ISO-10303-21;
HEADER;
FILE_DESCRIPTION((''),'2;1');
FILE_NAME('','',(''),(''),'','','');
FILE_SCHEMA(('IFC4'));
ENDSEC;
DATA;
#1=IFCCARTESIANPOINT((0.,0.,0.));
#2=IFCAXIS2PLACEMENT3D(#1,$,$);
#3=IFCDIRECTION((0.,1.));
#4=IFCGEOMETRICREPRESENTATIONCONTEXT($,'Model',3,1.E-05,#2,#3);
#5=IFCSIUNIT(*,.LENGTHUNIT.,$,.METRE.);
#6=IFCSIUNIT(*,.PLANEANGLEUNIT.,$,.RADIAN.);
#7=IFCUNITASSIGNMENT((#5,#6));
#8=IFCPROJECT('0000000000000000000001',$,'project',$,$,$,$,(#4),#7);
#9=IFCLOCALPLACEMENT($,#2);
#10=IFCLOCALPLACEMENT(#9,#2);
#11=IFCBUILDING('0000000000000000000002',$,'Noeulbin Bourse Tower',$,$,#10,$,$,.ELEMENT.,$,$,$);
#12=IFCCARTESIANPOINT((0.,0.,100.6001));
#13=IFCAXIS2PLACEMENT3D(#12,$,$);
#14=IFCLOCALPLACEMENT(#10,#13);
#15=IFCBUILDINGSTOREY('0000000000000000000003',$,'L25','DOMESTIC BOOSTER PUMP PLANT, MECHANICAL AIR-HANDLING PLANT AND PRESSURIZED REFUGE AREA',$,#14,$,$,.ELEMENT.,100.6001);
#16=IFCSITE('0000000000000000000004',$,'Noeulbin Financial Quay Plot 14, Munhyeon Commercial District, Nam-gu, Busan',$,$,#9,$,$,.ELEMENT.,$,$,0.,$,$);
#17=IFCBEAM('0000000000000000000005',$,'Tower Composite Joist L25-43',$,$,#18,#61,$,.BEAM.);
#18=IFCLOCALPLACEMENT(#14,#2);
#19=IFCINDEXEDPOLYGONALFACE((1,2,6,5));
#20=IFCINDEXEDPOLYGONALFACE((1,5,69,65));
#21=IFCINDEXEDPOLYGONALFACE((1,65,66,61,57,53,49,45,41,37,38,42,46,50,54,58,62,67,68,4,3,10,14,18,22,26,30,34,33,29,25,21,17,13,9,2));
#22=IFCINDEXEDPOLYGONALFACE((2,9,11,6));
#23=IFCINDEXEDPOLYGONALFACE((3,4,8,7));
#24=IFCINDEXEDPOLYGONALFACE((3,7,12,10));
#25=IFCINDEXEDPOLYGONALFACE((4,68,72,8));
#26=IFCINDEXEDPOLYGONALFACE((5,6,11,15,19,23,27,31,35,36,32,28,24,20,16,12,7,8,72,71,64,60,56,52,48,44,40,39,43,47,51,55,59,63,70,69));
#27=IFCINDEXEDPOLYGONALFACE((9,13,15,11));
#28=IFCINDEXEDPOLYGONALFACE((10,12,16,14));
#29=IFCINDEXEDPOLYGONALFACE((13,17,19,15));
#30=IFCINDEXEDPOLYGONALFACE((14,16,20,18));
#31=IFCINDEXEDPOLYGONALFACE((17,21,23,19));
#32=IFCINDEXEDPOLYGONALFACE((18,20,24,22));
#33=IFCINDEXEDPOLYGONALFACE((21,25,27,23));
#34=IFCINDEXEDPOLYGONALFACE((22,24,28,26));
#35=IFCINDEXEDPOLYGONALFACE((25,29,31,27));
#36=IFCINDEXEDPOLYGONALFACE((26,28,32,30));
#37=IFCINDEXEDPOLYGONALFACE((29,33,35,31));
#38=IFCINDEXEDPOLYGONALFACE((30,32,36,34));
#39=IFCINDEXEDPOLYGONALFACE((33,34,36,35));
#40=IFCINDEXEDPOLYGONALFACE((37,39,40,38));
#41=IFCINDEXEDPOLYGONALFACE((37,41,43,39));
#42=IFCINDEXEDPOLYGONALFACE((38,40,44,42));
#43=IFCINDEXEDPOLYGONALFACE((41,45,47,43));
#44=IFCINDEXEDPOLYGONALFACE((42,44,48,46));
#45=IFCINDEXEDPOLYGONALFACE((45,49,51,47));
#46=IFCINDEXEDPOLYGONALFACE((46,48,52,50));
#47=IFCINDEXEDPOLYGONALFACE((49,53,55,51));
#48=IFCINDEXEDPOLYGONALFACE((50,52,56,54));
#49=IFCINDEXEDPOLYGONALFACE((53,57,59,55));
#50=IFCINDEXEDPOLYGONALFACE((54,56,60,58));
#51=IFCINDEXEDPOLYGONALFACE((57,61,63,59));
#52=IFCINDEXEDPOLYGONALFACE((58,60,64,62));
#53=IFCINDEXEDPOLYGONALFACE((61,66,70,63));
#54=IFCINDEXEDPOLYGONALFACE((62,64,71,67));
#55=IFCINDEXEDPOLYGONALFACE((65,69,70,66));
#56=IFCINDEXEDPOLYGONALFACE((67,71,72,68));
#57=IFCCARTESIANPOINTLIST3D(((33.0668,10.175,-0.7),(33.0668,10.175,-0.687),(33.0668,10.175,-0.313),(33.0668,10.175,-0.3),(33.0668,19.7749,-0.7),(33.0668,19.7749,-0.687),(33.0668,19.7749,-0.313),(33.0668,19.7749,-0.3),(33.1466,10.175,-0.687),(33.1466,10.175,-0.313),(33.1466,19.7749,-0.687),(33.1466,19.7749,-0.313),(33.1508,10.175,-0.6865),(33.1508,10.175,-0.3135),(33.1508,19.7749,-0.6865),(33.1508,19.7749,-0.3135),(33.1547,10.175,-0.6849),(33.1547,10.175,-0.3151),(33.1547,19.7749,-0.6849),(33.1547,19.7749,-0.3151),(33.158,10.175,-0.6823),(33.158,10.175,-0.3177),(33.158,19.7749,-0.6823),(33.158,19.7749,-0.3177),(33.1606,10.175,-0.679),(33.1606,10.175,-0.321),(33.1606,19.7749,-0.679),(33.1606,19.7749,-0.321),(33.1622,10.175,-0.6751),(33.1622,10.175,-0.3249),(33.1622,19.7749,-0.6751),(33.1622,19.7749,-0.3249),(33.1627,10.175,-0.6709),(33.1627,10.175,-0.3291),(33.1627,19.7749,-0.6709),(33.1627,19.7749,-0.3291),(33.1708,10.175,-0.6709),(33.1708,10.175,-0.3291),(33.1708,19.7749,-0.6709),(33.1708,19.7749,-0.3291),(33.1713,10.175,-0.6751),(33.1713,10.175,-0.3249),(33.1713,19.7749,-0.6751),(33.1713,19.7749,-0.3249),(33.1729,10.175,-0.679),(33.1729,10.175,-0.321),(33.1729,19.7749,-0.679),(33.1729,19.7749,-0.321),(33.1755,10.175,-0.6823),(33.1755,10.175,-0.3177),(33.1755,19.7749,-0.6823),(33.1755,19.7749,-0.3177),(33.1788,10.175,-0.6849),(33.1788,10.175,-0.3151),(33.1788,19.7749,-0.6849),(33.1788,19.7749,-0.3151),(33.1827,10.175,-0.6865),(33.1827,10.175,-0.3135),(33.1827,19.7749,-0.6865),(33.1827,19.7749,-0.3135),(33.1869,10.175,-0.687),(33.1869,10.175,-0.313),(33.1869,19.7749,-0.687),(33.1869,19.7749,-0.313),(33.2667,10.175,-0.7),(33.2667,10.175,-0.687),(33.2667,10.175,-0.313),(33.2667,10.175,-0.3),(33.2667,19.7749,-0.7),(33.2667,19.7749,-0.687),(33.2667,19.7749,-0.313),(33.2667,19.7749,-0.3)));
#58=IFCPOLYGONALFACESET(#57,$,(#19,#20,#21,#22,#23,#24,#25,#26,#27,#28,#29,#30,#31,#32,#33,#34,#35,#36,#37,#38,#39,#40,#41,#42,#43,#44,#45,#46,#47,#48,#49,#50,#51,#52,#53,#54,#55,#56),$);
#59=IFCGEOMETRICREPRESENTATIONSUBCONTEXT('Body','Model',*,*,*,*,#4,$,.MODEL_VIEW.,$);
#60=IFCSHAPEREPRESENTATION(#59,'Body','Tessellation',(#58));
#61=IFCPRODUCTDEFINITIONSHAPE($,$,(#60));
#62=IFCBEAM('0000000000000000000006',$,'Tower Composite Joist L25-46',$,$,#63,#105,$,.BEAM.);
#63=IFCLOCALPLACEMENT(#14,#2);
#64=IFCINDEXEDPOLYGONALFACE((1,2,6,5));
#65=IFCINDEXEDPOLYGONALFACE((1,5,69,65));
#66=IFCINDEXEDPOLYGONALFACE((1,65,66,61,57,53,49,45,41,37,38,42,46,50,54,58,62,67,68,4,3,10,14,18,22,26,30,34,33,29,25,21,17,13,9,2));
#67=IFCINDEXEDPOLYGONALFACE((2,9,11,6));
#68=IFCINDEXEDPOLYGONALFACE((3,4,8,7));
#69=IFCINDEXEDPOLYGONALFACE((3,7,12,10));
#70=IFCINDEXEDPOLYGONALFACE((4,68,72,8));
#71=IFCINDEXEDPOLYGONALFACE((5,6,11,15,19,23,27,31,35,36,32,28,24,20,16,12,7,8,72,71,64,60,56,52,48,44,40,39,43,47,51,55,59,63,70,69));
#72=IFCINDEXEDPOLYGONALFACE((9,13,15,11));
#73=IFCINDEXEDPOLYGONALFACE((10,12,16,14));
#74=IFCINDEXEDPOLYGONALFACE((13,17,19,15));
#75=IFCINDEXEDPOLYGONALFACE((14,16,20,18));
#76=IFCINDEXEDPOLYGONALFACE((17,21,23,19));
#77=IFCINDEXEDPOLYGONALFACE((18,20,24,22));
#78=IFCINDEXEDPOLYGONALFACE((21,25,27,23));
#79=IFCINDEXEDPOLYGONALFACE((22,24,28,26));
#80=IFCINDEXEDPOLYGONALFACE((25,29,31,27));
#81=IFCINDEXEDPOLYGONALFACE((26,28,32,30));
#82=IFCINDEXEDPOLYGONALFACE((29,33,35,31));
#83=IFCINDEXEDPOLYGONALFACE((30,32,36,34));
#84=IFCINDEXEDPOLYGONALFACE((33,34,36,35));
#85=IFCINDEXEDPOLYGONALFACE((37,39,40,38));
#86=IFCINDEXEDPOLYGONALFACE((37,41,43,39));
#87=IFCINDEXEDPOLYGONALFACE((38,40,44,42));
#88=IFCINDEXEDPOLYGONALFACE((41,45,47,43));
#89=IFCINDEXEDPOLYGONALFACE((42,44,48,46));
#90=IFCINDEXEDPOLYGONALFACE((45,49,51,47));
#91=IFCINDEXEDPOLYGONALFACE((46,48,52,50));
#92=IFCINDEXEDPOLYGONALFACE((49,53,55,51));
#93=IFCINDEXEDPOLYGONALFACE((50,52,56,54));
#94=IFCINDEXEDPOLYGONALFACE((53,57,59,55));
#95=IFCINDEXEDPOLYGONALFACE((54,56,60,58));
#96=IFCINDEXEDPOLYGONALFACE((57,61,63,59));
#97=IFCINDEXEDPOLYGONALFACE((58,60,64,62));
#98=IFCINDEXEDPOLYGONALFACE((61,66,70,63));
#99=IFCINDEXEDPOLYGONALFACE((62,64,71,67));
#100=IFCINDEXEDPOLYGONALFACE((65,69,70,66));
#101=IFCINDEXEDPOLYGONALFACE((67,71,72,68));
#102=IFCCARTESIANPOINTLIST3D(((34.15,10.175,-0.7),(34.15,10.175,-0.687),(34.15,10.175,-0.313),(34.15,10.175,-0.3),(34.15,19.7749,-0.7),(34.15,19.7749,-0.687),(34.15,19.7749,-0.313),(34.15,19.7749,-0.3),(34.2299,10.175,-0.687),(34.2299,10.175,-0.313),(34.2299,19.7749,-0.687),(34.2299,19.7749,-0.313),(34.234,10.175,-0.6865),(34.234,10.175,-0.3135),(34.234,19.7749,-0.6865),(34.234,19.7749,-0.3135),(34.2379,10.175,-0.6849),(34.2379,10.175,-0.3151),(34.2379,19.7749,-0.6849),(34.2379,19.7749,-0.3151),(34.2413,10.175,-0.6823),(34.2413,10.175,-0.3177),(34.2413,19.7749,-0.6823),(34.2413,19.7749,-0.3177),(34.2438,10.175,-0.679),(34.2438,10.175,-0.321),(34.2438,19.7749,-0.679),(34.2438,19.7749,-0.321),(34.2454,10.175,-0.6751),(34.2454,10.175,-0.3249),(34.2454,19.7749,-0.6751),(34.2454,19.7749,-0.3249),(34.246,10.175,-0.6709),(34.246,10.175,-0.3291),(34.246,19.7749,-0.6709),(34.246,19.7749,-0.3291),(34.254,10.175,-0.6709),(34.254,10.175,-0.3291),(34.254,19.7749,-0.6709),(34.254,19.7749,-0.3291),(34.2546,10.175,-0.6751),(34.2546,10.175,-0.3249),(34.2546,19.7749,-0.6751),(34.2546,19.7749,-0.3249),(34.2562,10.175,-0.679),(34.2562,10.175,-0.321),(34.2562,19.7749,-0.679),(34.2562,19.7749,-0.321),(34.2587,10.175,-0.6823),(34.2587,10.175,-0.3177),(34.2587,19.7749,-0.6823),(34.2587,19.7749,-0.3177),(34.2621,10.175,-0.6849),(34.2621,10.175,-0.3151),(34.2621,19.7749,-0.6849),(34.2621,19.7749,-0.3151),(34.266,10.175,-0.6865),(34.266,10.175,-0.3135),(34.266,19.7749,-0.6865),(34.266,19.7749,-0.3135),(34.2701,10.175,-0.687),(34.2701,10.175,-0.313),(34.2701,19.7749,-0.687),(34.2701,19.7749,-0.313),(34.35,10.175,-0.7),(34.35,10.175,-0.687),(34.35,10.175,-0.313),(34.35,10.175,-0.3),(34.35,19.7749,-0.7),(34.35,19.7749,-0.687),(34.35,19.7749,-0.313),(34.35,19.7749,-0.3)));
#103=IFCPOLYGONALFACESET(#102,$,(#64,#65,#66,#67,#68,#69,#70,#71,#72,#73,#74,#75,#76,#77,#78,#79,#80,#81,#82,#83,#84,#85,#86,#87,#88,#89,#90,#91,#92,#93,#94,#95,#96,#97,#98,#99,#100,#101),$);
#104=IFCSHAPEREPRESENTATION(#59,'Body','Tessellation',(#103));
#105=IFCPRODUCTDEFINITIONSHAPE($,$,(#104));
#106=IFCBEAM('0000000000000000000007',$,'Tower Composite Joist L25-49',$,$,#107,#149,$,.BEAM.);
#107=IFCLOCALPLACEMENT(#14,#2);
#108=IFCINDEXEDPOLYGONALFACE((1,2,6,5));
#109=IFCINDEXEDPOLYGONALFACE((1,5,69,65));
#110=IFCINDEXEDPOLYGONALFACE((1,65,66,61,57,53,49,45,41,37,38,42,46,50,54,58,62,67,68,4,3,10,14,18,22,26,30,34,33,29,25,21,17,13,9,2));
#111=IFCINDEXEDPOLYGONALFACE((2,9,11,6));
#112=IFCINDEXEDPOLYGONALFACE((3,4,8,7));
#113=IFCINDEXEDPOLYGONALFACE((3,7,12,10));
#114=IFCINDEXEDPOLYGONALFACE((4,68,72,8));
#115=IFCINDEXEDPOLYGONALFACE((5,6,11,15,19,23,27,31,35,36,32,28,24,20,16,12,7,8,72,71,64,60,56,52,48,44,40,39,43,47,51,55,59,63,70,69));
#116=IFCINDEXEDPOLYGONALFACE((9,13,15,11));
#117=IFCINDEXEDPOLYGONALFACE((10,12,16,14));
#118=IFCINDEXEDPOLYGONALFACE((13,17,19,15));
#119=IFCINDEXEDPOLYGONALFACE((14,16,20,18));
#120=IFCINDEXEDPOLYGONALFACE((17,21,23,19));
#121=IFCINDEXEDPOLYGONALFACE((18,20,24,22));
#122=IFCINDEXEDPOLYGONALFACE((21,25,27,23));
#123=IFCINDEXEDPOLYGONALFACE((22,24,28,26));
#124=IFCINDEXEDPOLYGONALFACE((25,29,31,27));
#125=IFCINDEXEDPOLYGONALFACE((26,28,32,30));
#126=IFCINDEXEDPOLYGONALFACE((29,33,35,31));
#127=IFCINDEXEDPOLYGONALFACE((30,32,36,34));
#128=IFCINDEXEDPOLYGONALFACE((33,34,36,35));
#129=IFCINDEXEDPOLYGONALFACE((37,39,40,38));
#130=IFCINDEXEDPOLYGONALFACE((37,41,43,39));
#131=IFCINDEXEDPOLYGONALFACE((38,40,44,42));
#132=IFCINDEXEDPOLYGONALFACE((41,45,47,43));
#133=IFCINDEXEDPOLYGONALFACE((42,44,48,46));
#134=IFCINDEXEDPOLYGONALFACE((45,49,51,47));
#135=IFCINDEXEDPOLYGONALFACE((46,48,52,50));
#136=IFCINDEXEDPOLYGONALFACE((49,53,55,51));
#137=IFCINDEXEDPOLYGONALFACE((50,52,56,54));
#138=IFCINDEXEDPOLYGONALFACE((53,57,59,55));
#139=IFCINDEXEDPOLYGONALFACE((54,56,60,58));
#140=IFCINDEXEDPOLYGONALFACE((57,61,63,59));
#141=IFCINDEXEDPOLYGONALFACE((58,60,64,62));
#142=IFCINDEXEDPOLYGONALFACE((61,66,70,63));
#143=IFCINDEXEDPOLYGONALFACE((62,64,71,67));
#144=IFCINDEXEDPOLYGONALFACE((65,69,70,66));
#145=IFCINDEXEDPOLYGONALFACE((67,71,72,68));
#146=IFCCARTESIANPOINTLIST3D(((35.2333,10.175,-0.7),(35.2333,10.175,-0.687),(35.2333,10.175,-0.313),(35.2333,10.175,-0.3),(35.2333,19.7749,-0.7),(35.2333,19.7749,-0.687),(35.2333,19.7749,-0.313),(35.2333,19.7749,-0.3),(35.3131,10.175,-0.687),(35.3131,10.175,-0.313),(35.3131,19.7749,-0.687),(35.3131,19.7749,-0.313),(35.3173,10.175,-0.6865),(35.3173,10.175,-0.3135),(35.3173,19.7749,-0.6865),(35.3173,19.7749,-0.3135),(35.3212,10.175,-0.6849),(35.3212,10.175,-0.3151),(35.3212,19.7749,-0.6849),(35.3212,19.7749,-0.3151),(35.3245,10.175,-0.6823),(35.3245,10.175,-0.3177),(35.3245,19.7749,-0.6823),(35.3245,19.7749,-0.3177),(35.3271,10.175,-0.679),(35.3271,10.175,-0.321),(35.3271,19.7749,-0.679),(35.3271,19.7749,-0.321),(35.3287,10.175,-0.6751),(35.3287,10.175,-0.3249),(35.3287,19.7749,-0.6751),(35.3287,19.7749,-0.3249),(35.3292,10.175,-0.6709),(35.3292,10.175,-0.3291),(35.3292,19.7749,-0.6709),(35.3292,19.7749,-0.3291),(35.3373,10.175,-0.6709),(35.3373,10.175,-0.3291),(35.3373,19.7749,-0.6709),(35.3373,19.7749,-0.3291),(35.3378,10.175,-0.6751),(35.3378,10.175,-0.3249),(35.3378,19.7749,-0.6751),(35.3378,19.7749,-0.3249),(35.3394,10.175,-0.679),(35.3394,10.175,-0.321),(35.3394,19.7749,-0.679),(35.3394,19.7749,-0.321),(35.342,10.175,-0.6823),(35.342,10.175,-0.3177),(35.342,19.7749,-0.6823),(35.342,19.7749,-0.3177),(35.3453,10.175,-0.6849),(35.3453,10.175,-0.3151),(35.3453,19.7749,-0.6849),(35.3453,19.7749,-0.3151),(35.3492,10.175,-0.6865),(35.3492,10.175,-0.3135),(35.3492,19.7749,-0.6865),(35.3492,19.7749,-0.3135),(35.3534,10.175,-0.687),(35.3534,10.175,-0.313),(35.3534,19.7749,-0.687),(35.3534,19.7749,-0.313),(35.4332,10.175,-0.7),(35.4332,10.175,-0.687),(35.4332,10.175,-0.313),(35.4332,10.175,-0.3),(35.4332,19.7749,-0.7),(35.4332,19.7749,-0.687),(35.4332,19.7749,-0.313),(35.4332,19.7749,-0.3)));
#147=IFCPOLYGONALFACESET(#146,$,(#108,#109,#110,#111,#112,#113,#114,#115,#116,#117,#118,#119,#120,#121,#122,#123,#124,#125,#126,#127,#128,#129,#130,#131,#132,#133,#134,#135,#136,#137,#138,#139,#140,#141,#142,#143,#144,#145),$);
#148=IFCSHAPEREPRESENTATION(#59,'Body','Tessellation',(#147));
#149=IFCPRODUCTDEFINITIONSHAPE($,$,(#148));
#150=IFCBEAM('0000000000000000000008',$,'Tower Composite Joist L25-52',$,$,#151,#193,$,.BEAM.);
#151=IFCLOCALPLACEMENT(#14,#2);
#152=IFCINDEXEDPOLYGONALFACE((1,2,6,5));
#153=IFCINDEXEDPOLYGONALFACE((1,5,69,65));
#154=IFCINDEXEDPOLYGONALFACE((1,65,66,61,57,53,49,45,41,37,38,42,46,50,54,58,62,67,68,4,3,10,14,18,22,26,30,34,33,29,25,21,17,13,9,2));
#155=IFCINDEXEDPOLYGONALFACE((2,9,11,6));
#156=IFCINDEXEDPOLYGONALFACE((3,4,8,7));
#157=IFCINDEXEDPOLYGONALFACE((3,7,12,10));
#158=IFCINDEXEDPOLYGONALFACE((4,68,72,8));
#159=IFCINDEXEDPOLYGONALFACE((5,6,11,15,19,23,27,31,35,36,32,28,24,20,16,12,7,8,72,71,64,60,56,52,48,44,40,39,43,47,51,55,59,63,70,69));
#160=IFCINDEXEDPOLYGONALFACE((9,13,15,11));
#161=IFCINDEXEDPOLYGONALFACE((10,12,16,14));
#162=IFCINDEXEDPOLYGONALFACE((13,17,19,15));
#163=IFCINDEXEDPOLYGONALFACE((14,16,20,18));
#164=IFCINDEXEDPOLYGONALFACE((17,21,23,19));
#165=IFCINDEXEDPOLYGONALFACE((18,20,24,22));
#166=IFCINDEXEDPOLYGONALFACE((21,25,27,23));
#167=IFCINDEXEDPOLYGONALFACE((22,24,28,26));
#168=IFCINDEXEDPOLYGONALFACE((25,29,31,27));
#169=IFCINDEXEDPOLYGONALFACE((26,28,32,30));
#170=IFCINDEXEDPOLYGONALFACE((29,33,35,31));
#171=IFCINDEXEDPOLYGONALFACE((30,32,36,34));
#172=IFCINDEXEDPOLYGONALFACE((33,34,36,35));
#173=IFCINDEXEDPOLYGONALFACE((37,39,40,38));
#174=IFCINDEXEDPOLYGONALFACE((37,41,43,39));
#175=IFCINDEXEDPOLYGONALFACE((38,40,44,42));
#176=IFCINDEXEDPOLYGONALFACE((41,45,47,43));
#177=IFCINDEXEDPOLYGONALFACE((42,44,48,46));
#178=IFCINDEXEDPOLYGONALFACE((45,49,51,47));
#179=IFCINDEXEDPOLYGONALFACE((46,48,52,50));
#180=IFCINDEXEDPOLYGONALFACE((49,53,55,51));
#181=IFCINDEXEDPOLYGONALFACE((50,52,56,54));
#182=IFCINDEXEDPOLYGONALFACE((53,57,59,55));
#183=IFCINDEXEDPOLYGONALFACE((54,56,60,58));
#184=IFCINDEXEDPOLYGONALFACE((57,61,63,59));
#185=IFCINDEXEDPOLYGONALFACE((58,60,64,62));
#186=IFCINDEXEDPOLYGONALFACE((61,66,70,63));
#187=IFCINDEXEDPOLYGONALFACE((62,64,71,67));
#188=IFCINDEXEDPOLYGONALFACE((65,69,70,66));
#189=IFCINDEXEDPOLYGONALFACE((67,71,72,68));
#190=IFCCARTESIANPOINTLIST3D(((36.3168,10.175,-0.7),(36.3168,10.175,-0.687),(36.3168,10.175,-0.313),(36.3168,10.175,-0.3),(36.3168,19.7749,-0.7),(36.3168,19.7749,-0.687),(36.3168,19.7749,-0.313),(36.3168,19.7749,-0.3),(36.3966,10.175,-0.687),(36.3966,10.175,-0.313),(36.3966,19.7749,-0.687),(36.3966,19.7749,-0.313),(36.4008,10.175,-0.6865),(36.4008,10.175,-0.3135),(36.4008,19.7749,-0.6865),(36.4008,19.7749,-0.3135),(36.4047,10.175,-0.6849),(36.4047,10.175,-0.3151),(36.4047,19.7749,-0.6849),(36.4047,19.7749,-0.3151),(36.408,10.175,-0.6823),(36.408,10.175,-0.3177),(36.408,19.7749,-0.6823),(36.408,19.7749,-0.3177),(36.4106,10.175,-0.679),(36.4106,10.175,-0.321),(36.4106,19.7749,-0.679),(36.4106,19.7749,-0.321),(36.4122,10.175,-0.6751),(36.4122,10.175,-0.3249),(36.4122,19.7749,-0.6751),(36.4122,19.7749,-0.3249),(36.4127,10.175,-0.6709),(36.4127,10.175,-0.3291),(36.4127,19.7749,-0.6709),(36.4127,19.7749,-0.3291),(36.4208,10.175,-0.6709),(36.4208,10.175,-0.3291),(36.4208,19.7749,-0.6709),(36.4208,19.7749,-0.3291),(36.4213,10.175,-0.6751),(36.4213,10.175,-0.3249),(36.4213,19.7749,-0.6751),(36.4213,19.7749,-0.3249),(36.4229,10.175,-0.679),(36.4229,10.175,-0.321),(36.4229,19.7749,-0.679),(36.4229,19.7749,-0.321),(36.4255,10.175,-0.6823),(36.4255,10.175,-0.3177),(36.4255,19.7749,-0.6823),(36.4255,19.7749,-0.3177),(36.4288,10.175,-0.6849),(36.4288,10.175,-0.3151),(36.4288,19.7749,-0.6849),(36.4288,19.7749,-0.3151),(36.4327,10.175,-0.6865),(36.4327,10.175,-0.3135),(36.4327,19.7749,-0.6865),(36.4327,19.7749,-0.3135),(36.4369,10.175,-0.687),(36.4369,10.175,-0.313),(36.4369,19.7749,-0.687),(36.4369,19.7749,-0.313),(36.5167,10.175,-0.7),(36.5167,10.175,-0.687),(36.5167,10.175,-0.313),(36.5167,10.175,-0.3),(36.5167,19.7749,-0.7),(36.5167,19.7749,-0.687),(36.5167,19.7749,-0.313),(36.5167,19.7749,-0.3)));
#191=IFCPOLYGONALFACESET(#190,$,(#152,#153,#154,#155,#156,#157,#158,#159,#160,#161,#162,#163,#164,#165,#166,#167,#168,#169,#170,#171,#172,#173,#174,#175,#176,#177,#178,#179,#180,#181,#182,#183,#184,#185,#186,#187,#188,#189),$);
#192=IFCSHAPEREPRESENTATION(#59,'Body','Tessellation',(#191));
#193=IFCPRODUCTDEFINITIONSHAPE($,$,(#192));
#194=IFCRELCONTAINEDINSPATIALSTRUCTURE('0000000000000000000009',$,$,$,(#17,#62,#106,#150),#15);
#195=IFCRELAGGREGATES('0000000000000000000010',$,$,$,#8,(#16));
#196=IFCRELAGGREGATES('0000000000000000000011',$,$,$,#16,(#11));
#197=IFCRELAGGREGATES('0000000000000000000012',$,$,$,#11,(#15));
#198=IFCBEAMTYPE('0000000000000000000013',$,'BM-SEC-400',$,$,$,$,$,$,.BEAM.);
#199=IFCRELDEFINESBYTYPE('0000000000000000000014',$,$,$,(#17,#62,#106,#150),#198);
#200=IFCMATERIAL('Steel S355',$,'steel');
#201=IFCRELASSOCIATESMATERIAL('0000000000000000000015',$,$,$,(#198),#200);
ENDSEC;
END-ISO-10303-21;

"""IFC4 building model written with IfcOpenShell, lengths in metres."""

from ifc_helpers import new_model, si_unit, direction, frame, origin, origin_2d, place, context, subcontext, project, spatial, i_section, extrude, material, material_profile, profile_set, type_object, element, save


model = new_model("IFC4")

# Units and contexts
model_context = context("Model", 3, precision=1e-05, world=origin(), true_north=direction((0.0, 1.0)))
body_context = subcontext(model_context, "Body", "Model", "MODEL_VIEW")
ifc_project = project(units=[si_unit("LENGTHUNIT", "METRE"), si_unit("PLANEANGLEUNIT", "RADIAN")], contexts=[model_context])

# Site, building, storey
site_placement = place(None, origin())
site = spatial("IfcSite", under=ifc_project, at=site_placement, Name="Noeulbin Financial Quay Plot 14, Munhyeon Commercial District, Nam-gu, Busan", CompositionType="ELEMENT", RefElevation=0.0)
building_placement = place(site_placement, origin())
building = spatial("IfcBuilding", under=site, at=building_placement, Name="Noeulbin Bourse Tower", CompositionType="ELEMENT")
storey_placement = place(building_placement, frame((0.0, 0.0, 100.6001)))
storey = spatial("IfcBuildingStorey", under=building, at=storey_placement, Name="L25", Description="DOMESTIC BOOSTER PUMP PLANT, MECHANICAL AIR-HANDLING PLANT AND PRESSURIZED REFUGE AREA", CompositionType="ELEMENT", Elevation=100.6001)

# Beams
ifc_material_1 = material(Name="Steel S355", Category="steel")
ifc_material_profile_1 = material_profile(ifc_material_1, i_section(OverallWidth=0.2, OverallDepth=0.3999, WebThickness=0.0081, FlangeThickness=0.0129, FilletRadius=0.0161, at=origin_2d()), Name="H-400x200x8x13", Category="LoadBearing")
ifc_profile_set_1 = profile_set([ifc_material_profile_1], Name="Steel S355")
beam_type_1 = type_object("IfcBeamType", Name="BM-SEC-400", PredefinedType="BEAM", material=ifc_profile_set_1)
for number, where, z_axis, x_axis, name in (
    (1, (33.1667, 10.175, -0.5), (0.0, 1.0, 0.0), (-1.0, 0.0, 0.0), "Tower Composite Joist L25-43"),
    (2, (34.25, 10.175, -0.5), (0.0, 1.0, 0.0), (-1.0, 0.0, 0.0), "Tower Composite Joist L25-46"),
    (3, (35.3333, 10.175, -0.5), (0.0, 1.0, 0.0), (-1.0, 0.0, 0.0), "Tower Composite Joist L25-49"),
    (4, (36.4167, 10.175, -0.5), (0.0, 1.0, 0.0), (-1.0, 0.0, 0.0), "Tower Composite Joist L25-52"),
):
    element("IfcBeam", number, at=place(storey_placement, frame(where, z_axis=z_axis, x_axis=x_axis)), inside=storey, type_object=beam_type_1, Name=name, PredefinedType="BEAM", context=body_context, shape_type="SweptSolid", body=[
        extrude(i_section(OverallWidth=0.2, OverallDepth=0.3999, WebThickness=0.0081, FlangeThickness=0.0129, FilletRadius=0.0161, at=origin_2d()), origin(), (0.0, 0.0, 1.0), 9.5999),
    ])

save(model, "model.ifc")
